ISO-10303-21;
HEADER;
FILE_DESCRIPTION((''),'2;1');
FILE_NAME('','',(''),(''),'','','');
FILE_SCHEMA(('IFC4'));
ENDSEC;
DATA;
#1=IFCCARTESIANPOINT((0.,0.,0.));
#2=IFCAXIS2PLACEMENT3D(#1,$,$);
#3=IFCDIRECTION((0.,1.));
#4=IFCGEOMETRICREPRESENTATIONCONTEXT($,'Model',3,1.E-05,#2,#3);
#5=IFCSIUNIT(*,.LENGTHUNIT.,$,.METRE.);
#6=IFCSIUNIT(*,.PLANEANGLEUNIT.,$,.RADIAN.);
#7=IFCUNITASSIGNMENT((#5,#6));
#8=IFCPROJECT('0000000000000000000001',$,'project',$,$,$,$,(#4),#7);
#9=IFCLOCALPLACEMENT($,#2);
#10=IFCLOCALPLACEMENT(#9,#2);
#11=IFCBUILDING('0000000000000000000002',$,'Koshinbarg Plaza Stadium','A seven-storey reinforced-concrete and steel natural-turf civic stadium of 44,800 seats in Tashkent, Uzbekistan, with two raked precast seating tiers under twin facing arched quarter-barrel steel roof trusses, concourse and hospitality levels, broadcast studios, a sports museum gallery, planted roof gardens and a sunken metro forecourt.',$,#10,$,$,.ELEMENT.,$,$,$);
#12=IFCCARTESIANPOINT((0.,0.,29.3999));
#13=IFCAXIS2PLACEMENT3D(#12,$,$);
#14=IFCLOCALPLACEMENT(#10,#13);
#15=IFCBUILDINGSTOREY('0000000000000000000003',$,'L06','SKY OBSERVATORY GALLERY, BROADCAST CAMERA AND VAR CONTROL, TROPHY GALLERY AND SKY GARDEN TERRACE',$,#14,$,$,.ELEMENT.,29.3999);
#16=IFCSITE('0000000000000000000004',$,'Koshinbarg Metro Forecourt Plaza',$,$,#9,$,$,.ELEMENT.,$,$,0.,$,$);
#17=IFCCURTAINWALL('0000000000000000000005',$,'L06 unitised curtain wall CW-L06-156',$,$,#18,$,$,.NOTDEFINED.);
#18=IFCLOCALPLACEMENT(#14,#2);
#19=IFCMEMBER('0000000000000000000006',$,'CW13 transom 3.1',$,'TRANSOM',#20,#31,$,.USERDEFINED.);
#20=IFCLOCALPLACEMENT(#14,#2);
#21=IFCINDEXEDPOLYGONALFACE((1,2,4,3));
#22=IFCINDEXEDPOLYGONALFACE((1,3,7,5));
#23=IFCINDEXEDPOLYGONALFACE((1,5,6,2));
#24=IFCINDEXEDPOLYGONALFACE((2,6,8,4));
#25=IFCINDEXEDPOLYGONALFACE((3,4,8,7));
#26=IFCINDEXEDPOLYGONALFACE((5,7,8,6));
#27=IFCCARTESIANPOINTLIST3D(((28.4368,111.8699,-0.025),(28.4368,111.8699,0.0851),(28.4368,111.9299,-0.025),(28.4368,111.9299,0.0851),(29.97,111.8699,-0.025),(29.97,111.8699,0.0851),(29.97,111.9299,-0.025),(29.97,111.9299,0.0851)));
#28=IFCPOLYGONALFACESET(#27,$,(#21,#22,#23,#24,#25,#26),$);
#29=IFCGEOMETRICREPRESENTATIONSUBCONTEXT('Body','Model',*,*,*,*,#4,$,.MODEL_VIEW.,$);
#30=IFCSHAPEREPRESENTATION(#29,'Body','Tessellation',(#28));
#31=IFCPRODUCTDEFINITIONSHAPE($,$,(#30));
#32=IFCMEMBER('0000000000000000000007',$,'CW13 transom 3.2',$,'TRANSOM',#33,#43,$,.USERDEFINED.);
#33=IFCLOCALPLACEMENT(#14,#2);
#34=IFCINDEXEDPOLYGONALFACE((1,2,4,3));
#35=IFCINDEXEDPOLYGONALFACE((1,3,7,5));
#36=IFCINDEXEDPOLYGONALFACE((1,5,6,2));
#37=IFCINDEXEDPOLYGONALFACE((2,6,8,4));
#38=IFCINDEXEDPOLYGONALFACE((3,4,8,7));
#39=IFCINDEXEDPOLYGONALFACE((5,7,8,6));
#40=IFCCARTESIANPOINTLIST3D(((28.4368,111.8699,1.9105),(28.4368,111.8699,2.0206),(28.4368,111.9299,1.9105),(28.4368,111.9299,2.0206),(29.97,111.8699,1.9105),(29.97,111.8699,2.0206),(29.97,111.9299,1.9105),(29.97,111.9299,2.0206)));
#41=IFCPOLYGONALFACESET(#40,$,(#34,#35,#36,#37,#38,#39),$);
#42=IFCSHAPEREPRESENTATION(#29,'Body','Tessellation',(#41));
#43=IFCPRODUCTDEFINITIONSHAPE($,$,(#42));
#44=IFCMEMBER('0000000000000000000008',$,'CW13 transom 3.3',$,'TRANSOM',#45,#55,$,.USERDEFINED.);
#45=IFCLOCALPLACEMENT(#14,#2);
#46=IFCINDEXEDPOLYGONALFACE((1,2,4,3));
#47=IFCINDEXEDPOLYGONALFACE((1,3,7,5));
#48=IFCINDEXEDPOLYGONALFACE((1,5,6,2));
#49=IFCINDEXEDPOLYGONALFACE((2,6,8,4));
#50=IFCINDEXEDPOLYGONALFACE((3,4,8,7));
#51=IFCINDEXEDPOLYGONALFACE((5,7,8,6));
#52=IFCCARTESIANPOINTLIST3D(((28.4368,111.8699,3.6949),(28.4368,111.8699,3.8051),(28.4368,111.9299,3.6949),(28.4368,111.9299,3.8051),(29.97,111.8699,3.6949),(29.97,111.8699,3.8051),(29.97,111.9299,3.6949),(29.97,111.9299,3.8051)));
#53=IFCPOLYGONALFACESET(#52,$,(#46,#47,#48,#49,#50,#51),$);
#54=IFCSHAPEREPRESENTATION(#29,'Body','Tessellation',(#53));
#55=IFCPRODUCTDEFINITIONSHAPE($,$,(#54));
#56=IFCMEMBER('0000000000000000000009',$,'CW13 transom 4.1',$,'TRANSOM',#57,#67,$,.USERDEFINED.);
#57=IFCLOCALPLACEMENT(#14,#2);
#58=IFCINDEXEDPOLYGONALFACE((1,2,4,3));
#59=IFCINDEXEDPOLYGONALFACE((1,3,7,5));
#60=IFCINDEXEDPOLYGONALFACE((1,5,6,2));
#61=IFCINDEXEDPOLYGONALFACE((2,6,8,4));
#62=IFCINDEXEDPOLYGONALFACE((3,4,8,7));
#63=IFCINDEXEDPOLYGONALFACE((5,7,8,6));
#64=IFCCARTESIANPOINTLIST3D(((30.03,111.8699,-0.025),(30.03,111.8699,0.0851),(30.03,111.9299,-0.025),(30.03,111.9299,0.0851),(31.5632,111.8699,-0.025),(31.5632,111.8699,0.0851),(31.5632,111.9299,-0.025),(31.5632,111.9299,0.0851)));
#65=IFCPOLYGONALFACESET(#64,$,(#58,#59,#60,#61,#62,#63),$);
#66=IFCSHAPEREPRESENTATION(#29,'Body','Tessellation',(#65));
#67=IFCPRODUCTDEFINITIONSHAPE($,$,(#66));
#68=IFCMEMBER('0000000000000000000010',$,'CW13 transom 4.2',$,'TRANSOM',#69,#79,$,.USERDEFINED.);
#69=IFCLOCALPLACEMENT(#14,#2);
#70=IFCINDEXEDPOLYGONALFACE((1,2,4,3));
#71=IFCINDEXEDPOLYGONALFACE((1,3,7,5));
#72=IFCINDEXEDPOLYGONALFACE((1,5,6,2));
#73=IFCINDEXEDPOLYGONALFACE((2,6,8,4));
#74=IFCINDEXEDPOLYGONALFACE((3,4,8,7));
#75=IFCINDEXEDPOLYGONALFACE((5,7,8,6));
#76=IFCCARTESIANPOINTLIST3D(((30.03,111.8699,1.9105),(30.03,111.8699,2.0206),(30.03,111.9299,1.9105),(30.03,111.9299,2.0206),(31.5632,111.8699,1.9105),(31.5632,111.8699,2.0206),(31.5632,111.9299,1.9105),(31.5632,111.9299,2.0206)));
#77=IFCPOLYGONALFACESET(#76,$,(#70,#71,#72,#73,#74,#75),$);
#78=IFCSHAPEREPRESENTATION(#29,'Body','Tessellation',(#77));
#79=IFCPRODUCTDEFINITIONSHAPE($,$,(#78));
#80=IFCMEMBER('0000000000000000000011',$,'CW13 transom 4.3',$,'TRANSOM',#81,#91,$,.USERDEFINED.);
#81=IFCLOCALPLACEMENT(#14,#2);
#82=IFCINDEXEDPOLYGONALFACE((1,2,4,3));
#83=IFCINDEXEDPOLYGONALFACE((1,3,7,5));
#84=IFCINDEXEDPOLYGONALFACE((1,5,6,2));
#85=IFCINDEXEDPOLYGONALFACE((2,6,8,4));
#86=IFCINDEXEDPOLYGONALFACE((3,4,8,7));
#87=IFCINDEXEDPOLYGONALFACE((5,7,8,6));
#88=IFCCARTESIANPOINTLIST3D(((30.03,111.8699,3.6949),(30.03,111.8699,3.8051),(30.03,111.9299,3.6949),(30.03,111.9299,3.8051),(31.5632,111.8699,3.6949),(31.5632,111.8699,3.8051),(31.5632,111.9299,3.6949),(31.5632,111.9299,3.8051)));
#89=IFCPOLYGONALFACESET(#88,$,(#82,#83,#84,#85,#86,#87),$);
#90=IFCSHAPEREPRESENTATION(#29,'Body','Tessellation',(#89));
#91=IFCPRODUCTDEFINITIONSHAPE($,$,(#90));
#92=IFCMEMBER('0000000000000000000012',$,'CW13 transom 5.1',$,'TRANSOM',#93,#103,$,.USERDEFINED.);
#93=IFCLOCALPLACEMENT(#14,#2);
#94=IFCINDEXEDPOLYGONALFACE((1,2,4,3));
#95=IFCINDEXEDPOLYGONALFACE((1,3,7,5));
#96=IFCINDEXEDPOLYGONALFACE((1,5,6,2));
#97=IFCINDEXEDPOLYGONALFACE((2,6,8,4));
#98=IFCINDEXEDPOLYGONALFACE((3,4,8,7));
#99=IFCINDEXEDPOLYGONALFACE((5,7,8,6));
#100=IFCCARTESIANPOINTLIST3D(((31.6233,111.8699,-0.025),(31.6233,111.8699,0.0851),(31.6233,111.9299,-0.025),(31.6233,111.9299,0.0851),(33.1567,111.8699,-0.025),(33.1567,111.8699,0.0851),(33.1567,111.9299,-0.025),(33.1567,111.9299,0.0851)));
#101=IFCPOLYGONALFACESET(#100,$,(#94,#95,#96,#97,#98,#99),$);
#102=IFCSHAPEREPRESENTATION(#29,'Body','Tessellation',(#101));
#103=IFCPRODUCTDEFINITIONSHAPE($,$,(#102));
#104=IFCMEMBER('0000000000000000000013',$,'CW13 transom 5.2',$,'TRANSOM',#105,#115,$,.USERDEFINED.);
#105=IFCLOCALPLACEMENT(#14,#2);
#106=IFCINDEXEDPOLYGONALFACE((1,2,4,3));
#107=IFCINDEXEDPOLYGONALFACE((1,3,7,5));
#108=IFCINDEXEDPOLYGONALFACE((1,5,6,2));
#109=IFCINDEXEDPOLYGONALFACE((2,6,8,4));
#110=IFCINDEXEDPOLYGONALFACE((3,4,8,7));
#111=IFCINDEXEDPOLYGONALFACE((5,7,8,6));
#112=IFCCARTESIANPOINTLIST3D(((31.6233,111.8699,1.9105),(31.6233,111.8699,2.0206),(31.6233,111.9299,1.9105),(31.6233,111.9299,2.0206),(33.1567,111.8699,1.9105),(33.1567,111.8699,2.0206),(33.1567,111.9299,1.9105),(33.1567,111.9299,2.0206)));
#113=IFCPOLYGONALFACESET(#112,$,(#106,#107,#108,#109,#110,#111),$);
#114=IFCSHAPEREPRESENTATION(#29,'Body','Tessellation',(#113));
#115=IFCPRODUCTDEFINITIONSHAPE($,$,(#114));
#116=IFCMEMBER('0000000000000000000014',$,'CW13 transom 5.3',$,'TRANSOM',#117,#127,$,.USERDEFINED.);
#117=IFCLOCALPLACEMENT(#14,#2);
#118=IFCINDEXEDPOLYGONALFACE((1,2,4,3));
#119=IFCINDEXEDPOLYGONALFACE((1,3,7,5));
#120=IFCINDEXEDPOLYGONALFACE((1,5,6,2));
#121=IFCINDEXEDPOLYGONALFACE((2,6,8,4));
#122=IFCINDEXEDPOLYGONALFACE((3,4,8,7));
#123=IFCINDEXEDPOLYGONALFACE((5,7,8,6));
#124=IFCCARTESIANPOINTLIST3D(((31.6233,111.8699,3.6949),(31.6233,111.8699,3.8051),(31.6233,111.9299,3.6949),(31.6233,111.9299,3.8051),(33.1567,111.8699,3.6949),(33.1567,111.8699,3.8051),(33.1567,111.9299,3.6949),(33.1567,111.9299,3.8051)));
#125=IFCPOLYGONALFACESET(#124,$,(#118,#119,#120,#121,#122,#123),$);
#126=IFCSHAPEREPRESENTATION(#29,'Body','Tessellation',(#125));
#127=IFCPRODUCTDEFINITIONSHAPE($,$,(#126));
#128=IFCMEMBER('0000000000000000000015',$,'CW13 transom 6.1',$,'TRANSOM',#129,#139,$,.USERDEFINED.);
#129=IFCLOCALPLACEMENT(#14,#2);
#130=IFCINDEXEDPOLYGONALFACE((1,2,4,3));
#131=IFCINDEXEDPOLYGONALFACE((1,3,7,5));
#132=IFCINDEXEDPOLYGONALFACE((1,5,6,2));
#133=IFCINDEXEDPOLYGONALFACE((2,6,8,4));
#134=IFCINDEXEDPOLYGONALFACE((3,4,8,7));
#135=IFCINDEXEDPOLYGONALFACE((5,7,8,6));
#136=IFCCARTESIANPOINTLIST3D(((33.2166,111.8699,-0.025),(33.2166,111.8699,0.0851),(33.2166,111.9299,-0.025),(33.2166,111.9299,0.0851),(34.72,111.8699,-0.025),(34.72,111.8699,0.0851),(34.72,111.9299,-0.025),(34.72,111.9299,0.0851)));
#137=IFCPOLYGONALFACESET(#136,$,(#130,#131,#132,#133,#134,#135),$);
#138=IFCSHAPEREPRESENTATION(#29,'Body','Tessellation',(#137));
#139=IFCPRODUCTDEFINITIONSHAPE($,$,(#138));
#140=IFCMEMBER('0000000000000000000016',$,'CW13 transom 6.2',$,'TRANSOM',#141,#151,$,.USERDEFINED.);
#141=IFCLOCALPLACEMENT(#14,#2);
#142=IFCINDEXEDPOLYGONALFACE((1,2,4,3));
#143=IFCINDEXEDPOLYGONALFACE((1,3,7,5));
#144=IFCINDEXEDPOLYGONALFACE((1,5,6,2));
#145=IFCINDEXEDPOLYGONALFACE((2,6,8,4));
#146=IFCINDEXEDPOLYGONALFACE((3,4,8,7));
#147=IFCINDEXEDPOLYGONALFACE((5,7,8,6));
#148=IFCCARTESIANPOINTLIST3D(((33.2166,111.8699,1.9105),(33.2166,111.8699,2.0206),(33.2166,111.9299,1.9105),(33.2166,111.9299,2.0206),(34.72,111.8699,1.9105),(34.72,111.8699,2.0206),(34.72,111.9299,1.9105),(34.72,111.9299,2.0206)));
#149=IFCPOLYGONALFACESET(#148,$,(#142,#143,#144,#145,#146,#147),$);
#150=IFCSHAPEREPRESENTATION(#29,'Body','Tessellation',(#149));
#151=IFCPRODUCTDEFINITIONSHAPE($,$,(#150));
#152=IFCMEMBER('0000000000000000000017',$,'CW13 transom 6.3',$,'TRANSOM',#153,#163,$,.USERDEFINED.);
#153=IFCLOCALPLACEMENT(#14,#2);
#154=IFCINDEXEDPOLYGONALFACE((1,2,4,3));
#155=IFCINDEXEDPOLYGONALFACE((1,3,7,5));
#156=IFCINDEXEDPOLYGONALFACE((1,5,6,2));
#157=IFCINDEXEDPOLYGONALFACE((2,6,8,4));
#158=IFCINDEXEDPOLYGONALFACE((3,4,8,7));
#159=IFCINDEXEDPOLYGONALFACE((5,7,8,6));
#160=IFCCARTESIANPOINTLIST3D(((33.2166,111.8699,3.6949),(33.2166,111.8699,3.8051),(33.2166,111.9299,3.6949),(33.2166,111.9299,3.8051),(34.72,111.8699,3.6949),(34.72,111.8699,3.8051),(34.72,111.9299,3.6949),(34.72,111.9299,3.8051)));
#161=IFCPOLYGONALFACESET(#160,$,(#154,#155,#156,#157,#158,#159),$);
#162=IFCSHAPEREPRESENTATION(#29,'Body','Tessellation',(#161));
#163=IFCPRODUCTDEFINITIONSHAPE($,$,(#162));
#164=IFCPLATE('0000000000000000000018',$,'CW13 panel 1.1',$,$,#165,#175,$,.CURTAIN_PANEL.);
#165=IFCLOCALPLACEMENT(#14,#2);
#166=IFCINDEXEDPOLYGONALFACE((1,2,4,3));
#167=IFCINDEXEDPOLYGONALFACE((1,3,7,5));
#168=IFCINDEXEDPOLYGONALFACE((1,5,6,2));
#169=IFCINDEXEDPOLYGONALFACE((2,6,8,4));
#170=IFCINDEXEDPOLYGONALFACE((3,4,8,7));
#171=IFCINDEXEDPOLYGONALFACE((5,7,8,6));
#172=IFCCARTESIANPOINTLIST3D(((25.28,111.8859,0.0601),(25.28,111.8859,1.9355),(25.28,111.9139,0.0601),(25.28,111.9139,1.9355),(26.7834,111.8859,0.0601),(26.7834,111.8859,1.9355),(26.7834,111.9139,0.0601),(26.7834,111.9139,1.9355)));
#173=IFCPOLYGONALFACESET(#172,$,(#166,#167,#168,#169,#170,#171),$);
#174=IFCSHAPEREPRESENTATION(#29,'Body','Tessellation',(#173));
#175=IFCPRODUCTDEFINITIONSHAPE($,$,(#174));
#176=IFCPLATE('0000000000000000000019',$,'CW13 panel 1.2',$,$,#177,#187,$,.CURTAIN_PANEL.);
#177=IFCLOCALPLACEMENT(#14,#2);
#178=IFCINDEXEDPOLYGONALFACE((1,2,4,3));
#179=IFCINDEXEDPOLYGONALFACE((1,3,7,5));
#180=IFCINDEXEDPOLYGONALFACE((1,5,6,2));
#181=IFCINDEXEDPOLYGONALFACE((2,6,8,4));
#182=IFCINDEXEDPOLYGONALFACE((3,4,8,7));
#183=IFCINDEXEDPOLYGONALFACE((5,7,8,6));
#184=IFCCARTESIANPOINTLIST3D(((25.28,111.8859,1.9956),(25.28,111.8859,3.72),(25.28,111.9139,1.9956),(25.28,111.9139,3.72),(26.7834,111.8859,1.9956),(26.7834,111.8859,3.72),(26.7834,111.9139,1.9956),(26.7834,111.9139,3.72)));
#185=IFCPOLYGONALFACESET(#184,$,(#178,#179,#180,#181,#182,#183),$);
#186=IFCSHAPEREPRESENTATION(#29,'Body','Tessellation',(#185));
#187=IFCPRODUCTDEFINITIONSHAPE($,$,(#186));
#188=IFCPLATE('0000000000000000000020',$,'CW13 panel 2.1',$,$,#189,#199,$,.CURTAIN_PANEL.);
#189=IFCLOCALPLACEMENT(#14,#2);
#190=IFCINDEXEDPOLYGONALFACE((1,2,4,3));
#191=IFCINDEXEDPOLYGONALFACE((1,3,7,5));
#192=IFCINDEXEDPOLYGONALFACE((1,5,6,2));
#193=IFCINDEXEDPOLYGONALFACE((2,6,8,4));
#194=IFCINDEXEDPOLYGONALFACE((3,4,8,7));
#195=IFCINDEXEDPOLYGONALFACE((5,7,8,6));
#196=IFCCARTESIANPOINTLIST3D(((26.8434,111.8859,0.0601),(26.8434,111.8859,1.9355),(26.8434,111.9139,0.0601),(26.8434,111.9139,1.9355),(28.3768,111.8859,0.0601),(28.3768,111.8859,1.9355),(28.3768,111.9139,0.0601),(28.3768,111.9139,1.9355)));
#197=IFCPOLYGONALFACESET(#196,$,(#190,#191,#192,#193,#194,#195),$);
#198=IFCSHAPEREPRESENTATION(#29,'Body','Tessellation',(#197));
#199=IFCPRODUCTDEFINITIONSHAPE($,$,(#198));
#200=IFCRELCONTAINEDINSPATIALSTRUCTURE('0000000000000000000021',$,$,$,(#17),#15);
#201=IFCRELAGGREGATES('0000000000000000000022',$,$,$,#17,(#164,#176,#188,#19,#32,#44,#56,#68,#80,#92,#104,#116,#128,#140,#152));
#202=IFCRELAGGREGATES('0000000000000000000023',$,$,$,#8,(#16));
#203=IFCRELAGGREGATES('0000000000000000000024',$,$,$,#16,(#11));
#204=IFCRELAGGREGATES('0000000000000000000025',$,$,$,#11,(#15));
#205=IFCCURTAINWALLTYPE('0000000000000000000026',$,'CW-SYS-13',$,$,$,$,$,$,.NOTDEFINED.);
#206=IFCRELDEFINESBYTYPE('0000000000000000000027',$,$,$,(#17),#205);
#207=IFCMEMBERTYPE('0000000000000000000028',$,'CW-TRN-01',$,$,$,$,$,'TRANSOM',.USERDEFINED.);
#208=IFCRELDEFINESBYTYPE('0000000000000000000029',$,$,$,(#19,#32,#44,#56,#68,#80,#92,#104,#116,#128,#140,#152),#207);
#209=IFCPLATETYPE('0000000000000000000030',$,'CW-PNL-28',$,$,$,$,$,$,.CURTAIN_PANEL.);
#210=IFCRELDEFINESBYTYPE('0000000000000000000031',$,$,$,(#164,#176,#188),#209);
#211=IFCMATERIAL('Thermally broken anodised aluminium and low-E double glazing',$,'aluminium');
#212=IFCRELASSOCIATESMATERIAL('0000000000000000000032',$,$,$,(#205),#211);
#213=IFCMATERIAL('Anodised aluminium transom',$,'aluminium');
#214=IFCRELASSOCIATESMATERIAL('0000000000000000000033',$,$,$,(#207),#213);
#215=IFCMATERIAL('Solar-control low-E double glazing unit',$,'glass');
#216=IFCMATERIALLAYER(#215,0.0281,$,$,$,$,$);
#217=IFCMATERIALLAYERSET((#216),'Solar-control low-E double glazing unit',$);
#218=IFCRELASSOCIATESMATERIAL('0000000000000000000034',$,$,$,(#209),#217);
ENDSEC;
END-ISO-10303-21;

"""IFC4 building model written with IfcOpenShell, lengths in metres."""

from ifc_helpers import new_model, si_unit, direction, frame, origin, origin_2d, place, context, subcontext, project, spatial, rectangle, extrude, material, layer, layer_set, material_profile, profile_set, type_object, element, aggregate, save


model = new_model("IFC4")

# Units and contexts
model_context = context("Model", 3, precision=1e-05, world=origin(), true_north=direction((0.0, 1.0)))
body_context = subcontext(model_context, "Body", "Model", "MODEL_VIEW")
ifc_project = project(units=[si_unit("LENGTHUNIT", "METRE"), si_unit("PLANEANGLEUNIT", "RADIAN")], contexts=[model_context])

# Site, building, storey
site_placement = place(None, origin())
site = spatial("IfcSite", under=ifc_project, at=site_placement, Name="Koshinbarg Metro Forecourt Plaza", CompositionType="ELEMENT", RefElevation=0.0)
building_placement = place(site_placement, origin())
building = spatial("IfcBuilding", under=site, at=building_placement, Name="Koshinbarg Plaza Stadium", Description="A seven-storey reinforced-concrete and steel natural-turf civic stadium of 44,800 seats in Tashkent, Uzbekistan, with two raked precast seating tiers under twin facing arched quarter-barrel steel roof trusses, concourse and hospitality levels, broadcast studios, a sports museum gallery, planted roof gardens and a sunken metro forecourt.", CompositionType="ELEMENT")
storey_placement = place(building_placement, frame((0.0, 0.0, 29.3999)))
storey = spatial("IfcBuildingStorey", under=building, at=storey_placement, Name="L06", Description="SKY OBSERVATORY GALLERY, BROADCAST CAMERA AND VAR CONTROL, TROPHY GALLERY AND SKY GARDEN TERRACE", CompositionType="ELEMENT", Elevation=29.3999)

# Curtain wall, members, plates
ifc_material_1 = material(Name="Thermally broken anodised aluminium and low-E double glazing", Category="aluminium")
curtain_wall_type = type_object("IfcCurtainWallType", Name="CW-SYS-13", PredefinedType="NOTDEFINED", material=ifc_material_1)
curtain_wall_placement = place(storey_placement, origin())
curtain_wall = element("IfcCurtainWall", 1, at=curtain_wall_placement, inside=storey, type_object=curtain_wall_type, Name="L06 unitised curtain wall CW-L06-156", PredefinedType="NOTDEFINED")
ifc_material_2 = material(Name="Anodised aluminium transom", Category="aluminium")
ifc_material_profile_1 = material_profile(ifc_material_2, rectangle(XDim=0.0601, YDim=0.1101, at=origin_2d()), Name="ALU 60x110")
ifc_profile_set_1 = profile_set([ifc_material_profile_1], Name="Anodised aluminium transom")
member_type_1 = type_object("IfcMemberType", Name="CW-TRN-01", ElementType="TRANSOM", PredefinedType="USERDEFINED", material=ifc_profile_set_1)
member_1_placement = place(storey_placement, frame((28.4368, 111.8999, 0.03), z_axis=(1.0, 0.0, 0.0), x_axis=(0.0, 1.0, 0.0)))
member_1 = element("IfcMember", 2, at=member_1_placement, type_object=member_type_1, Name="CW13 transom 3.1", ObjectType="TRANSOM", PredefinedType="USERDEFINED", context=body_context, shape_type="SweptSolid", body=[
    extrude(rectangle(XDim=0.0601, YDim=0.1101, at=origin_2d()), origin(), (0.0, 0.0, 1.0), 1.5332),
])
member_2_placement = place(storey_placement, frame((28.4368, 111.8999, 1.9656), z_axis=(1.0, 0.0, 0.0), x_axis=(0.0, 1.0, 0.0)))
member_2 = element("IfcMember", 3, at=member_2_placement, type_object=member_type_1, Name="CW13 transom 3.2", ObjectType="TRANSOM", PredefinedType="USERDEFINED", context=body_context, shape_type="SweptSolid", body=[
    extrude(rectangle(XDim=0.0601, YDim=0.1101, at=origin_2d()), origin(), (0.0, 0.0, 1.0), 1.5332),
])
member_3_placement = place(storey_placement, frame((28.4368, 111.8999, 3.75), z_axis=(1.0, 0.0, 0.0), x_axis=(0.0, 1.0, 0.0)))
member_3 = element("IfcMember", 4, at=member_3_placement, type_object=member_type_1, Name="CW13 transom 3.3", ObjectType="TRANSOM", PredefinedType="USERDEFINED", context=body_context, shape_type="SweptSolid", body=[
    extrude(rectangle(XDim=0.0601, YDim=0.1101, at=origin_2d()), origin(), (0.0, 0.0, 1.0), 1.5332),
])
member_4_placement = place(storey_placement, frame((30.03, 111.8999, 0.03), z_axis=(1.0, 0.0, 0.0), x_axis=(0.0, 1.0, 0.0)))
member_4 = element("IfcMember", 5, at=member_4_placement, type_object=member_type_1, Name="CW13 transom 4.1", ObjectType="TRANSOM", PredefinedType="USERDEFINED", context=body_context, shape_type="SweptSolid", body=[
    extrude(rectangle(XDim=0.0601, YDim=0.1101, at=origin_2d()), origin(), (0.0, 0.0, 1.0), 1.5332),
])
member_5_placement = place(storey_placement, frame((30.03, 111.8999, 1.9656), z_axis=(1.0, 0.0, 0.0), x_axis=(0.0, 1.0, 0.0)))
member_5 = element("IfcMember", 6, at=member_5_placement, type_object=member_type_1, Name="CW13 transom 4.2", ObjectType="TRANSOM", PredefinedType="USERDEFINED", context=body_context, shape_type="SweptSolid", body=[
    extrude(rectangle(XDim=0.0601, YDim=0.1101, at=origin_2d()), origin(), (0.0, 0.0, 1.0), 1.5332),
])
member_6_placement = place(storey_placement, frame((30.03, 111.8999, 3.75), z_axis=(1.0, 0.0, 0.0), x_axis=(0.0, 1.0, 0.0)))
member_6 = element("IfcMember", 7, at=member_6_placement, type_object=member_type_1, Name="CW13 transom 4.3", ObjectType="TRANSOM", PredefinedType="USERDEFINED", context=body_context, shape_type="SweptSolid", body=[
    extrude(rectangle(XDim=0.0601, YDim=0.1101, at=origin_2d()), origin(), (0.0, 0.0, 1.0), 1.5332),
])
member_7_placement = place(storey_placement, frame((31.6233, 111.8999, 0.03), z_axis=(1.0, 0.0, 0.0), x_axis=(0.0, 1.0, 0.0)))
member_7 = element("IfcMember", 8, at=member_7_placement, type_object=member_type_1, Name="CW13 transom 5.1", ObjectType="TRANSOM", PredefinedType="USERDEFINED", context=body_context, shape_type="SweptSolid", body=[
    extrude(rectangle(XDim=0.0601, YDim=0.1101, at=origin_2d()), origin(), (0.0, 0.0, 1.0), 1.5334),
])
member_8_placement = place(storey_placement, frame((31.6233, 111.8999, 1.9656), z_axis=(1.0, 0.0, 0.0), x_axis=(0.0, 1.0, 0.0)))
member_8 = element("IfcMember", 9, at=member_8_placement, type_object=member_type_1, Name="CW13 transom 5.2", ObjectType="TRANSOM", PredefinedType="USERDEFINED", context=body_context, shape_type="SweptSolid", body=[
    extrude(rectangle(XDim=0.0601, YDim=0.1101, at=origin_2d()), origin(), (0.0, 0.0, 1.0), 1.5334),
])
member_9_placement = place(storey_placement, frame((31.6233, 111.8999, 3.75), z_axis=(1.0, 0.0, 0.0), x_axis=(0.0, 1.0, 0.0)))
member_9 = element("IfcMember", 10, at=member_9_placement, type_object=member_type_1, Name="CW13 transom 5.3", ObjectType="TRANSOM", PredefinedType="USERDEFINED", context=body_context, shape_type="SweptSolid", body=[
    extrude(rectangle(XDim=0.0601, YDim=0.1101, at=origin_2d()), origin(), (0.0, 0.0, 1.0), 1.5334),
])
member_10_placement = place(storey_placement, frame((33.2166, 111.8999, 0.03), z_axis=(1.0, 0.0, 0.0), x_axis=(0.0, 1.0, 0.0)))
member_10 = element("IfcMember", 11, at=member_10_placement, type_object=member_type_1, Name="CW13 transom 6.1", ObjectType="TRANSOM", PredefinedType="USERDEFINED", context=body_context, shape_type="SweptSolid", body=[
    extrude(rectangle(XDim=0.0601, YDim=0.1101, at=origin_2d()), origin(), (0.0, 0.0, 1.0), 1.5034),
])
member_11_placement = place(storey_placement, frame((33.2166, 111.8999, 1.9656), z_axis=(1.0, 0.0, 0.0), x_axis=(0.0, 1.0, 0.0)))
member_11 = element("IfcMember", 12, at=member_11_placement, type_object=member_type_1, Name="CW13 transom 6.2", ObjectType="TRANSOM", PredefinedType="USERDEFINED", context=body_context, shape_type="SweptSolid", body=[
    extrude(rectangle(XDim=0.0601, YDim=0.1101, at=origin_2d()), origin(), (0.0, 0.0, 1.0), 1.5034),
])
member_12_placement = place(storey_placement, frame((33.2166, 111.8999, 3.75), z_axis=(1.0, 0.0, 0.0), x_axis=(0.0, 1.0, 0.0)))
member_12 = element("IfcMember", 13, at=member_12_placement, type_object=member_type_1, Name="CW13 transom 6.3", ObjectType="TRANSOM", PredefinedType="USERDEFINED", context=body_context, shape_type="SweptSolid", body=[
    extrude(rectangle(XDim=0.0601, YDim=0.1101, at=origin_2d()), origin(), (0.0, 0.0, 1.0), 1.5034),
])
ifc_material_3 = material(Name="Solar-control low-E double glazing unit", Category="glass")
ifc_layer_1 = layer(ifc_material_3, 0.0281)
ifc_layer_set_1 = layer_set([ifc_layer_1], Name="Solar-control low-E double glazing unit")
plate_type = type_object("IfcPlateType", Name="CW-PNL-28", PredefinedType="CURTAIN_PANEL", material=ifc_layer_set_1)
plate_1_placement = place(storey_placement, frame((26.0317, 111.8999, 0.0601), z_axis=(0.0, 0.0, 1.0), x_axis=(1.0, 0.0, 0.0)))
plate_1 = element("IfcPlate", 14, at=plate_1_placement, type_object=plate_type, Name="CW13 panel 1.1", PredefinedType="CURTAIN_PANEL", context=body_context, shape_type="SweptSolid", body=[
    extrude(rectangle(XDim=1.5034, YDim=0.0281, at=origin_2d()), origin(), (0.0, 0.0, 1.0), 1.8755),
])
plate_2_placement = place(storey_placement, frame((26.0317, 111.8999, 1.9956), z_axis=(0.0, 0.0, 1.0), x_axis=(1.0, 0.0, 0.0)))
plate_2 = element("IfcPlate", 15, at=plate_2_placement, type_object=plate_type, Name="CW13 panel 1.2", PredefinedType="CURTAIN_PANEL", context=body_context, shape_type="SweptSolid", body=[
    extrude(rectangle(XDim=1.5034, YDim=0.0281, at=origin_2d()), origin(), (0.0, 0.0, 1.0), 1.7244),
])
plate_3_placement = place(storey_placement, frame((27.6101, 111.8999, 0.0601), z_axis=(0.0, 0.0, 1.0), x_axis=(1.0, 0.0, 0.0)))
plate_3 = element("IfcPlate", 16, at=plate_3_placement, type_object=plate_type, Name="CW13 panel 2.1", PredefinedType="CURTAIN_PANEL", context=body_context, shape_type="SweptSolid", body=[
    extrude(rectangle(XDim=1.5334, YDim=0.0281, at=origin_2d()), origin(), (0.0, 0.0, 1.0), 1.8755),
])
aggregate(curtain_wall, [plate_1, plate_2, plate_3, member_1, member_2, member_3, member_4, member_5, member_6, member_7, member_8, member_9, member_10, member_11, member_12])

save(model, "model.ifc")
